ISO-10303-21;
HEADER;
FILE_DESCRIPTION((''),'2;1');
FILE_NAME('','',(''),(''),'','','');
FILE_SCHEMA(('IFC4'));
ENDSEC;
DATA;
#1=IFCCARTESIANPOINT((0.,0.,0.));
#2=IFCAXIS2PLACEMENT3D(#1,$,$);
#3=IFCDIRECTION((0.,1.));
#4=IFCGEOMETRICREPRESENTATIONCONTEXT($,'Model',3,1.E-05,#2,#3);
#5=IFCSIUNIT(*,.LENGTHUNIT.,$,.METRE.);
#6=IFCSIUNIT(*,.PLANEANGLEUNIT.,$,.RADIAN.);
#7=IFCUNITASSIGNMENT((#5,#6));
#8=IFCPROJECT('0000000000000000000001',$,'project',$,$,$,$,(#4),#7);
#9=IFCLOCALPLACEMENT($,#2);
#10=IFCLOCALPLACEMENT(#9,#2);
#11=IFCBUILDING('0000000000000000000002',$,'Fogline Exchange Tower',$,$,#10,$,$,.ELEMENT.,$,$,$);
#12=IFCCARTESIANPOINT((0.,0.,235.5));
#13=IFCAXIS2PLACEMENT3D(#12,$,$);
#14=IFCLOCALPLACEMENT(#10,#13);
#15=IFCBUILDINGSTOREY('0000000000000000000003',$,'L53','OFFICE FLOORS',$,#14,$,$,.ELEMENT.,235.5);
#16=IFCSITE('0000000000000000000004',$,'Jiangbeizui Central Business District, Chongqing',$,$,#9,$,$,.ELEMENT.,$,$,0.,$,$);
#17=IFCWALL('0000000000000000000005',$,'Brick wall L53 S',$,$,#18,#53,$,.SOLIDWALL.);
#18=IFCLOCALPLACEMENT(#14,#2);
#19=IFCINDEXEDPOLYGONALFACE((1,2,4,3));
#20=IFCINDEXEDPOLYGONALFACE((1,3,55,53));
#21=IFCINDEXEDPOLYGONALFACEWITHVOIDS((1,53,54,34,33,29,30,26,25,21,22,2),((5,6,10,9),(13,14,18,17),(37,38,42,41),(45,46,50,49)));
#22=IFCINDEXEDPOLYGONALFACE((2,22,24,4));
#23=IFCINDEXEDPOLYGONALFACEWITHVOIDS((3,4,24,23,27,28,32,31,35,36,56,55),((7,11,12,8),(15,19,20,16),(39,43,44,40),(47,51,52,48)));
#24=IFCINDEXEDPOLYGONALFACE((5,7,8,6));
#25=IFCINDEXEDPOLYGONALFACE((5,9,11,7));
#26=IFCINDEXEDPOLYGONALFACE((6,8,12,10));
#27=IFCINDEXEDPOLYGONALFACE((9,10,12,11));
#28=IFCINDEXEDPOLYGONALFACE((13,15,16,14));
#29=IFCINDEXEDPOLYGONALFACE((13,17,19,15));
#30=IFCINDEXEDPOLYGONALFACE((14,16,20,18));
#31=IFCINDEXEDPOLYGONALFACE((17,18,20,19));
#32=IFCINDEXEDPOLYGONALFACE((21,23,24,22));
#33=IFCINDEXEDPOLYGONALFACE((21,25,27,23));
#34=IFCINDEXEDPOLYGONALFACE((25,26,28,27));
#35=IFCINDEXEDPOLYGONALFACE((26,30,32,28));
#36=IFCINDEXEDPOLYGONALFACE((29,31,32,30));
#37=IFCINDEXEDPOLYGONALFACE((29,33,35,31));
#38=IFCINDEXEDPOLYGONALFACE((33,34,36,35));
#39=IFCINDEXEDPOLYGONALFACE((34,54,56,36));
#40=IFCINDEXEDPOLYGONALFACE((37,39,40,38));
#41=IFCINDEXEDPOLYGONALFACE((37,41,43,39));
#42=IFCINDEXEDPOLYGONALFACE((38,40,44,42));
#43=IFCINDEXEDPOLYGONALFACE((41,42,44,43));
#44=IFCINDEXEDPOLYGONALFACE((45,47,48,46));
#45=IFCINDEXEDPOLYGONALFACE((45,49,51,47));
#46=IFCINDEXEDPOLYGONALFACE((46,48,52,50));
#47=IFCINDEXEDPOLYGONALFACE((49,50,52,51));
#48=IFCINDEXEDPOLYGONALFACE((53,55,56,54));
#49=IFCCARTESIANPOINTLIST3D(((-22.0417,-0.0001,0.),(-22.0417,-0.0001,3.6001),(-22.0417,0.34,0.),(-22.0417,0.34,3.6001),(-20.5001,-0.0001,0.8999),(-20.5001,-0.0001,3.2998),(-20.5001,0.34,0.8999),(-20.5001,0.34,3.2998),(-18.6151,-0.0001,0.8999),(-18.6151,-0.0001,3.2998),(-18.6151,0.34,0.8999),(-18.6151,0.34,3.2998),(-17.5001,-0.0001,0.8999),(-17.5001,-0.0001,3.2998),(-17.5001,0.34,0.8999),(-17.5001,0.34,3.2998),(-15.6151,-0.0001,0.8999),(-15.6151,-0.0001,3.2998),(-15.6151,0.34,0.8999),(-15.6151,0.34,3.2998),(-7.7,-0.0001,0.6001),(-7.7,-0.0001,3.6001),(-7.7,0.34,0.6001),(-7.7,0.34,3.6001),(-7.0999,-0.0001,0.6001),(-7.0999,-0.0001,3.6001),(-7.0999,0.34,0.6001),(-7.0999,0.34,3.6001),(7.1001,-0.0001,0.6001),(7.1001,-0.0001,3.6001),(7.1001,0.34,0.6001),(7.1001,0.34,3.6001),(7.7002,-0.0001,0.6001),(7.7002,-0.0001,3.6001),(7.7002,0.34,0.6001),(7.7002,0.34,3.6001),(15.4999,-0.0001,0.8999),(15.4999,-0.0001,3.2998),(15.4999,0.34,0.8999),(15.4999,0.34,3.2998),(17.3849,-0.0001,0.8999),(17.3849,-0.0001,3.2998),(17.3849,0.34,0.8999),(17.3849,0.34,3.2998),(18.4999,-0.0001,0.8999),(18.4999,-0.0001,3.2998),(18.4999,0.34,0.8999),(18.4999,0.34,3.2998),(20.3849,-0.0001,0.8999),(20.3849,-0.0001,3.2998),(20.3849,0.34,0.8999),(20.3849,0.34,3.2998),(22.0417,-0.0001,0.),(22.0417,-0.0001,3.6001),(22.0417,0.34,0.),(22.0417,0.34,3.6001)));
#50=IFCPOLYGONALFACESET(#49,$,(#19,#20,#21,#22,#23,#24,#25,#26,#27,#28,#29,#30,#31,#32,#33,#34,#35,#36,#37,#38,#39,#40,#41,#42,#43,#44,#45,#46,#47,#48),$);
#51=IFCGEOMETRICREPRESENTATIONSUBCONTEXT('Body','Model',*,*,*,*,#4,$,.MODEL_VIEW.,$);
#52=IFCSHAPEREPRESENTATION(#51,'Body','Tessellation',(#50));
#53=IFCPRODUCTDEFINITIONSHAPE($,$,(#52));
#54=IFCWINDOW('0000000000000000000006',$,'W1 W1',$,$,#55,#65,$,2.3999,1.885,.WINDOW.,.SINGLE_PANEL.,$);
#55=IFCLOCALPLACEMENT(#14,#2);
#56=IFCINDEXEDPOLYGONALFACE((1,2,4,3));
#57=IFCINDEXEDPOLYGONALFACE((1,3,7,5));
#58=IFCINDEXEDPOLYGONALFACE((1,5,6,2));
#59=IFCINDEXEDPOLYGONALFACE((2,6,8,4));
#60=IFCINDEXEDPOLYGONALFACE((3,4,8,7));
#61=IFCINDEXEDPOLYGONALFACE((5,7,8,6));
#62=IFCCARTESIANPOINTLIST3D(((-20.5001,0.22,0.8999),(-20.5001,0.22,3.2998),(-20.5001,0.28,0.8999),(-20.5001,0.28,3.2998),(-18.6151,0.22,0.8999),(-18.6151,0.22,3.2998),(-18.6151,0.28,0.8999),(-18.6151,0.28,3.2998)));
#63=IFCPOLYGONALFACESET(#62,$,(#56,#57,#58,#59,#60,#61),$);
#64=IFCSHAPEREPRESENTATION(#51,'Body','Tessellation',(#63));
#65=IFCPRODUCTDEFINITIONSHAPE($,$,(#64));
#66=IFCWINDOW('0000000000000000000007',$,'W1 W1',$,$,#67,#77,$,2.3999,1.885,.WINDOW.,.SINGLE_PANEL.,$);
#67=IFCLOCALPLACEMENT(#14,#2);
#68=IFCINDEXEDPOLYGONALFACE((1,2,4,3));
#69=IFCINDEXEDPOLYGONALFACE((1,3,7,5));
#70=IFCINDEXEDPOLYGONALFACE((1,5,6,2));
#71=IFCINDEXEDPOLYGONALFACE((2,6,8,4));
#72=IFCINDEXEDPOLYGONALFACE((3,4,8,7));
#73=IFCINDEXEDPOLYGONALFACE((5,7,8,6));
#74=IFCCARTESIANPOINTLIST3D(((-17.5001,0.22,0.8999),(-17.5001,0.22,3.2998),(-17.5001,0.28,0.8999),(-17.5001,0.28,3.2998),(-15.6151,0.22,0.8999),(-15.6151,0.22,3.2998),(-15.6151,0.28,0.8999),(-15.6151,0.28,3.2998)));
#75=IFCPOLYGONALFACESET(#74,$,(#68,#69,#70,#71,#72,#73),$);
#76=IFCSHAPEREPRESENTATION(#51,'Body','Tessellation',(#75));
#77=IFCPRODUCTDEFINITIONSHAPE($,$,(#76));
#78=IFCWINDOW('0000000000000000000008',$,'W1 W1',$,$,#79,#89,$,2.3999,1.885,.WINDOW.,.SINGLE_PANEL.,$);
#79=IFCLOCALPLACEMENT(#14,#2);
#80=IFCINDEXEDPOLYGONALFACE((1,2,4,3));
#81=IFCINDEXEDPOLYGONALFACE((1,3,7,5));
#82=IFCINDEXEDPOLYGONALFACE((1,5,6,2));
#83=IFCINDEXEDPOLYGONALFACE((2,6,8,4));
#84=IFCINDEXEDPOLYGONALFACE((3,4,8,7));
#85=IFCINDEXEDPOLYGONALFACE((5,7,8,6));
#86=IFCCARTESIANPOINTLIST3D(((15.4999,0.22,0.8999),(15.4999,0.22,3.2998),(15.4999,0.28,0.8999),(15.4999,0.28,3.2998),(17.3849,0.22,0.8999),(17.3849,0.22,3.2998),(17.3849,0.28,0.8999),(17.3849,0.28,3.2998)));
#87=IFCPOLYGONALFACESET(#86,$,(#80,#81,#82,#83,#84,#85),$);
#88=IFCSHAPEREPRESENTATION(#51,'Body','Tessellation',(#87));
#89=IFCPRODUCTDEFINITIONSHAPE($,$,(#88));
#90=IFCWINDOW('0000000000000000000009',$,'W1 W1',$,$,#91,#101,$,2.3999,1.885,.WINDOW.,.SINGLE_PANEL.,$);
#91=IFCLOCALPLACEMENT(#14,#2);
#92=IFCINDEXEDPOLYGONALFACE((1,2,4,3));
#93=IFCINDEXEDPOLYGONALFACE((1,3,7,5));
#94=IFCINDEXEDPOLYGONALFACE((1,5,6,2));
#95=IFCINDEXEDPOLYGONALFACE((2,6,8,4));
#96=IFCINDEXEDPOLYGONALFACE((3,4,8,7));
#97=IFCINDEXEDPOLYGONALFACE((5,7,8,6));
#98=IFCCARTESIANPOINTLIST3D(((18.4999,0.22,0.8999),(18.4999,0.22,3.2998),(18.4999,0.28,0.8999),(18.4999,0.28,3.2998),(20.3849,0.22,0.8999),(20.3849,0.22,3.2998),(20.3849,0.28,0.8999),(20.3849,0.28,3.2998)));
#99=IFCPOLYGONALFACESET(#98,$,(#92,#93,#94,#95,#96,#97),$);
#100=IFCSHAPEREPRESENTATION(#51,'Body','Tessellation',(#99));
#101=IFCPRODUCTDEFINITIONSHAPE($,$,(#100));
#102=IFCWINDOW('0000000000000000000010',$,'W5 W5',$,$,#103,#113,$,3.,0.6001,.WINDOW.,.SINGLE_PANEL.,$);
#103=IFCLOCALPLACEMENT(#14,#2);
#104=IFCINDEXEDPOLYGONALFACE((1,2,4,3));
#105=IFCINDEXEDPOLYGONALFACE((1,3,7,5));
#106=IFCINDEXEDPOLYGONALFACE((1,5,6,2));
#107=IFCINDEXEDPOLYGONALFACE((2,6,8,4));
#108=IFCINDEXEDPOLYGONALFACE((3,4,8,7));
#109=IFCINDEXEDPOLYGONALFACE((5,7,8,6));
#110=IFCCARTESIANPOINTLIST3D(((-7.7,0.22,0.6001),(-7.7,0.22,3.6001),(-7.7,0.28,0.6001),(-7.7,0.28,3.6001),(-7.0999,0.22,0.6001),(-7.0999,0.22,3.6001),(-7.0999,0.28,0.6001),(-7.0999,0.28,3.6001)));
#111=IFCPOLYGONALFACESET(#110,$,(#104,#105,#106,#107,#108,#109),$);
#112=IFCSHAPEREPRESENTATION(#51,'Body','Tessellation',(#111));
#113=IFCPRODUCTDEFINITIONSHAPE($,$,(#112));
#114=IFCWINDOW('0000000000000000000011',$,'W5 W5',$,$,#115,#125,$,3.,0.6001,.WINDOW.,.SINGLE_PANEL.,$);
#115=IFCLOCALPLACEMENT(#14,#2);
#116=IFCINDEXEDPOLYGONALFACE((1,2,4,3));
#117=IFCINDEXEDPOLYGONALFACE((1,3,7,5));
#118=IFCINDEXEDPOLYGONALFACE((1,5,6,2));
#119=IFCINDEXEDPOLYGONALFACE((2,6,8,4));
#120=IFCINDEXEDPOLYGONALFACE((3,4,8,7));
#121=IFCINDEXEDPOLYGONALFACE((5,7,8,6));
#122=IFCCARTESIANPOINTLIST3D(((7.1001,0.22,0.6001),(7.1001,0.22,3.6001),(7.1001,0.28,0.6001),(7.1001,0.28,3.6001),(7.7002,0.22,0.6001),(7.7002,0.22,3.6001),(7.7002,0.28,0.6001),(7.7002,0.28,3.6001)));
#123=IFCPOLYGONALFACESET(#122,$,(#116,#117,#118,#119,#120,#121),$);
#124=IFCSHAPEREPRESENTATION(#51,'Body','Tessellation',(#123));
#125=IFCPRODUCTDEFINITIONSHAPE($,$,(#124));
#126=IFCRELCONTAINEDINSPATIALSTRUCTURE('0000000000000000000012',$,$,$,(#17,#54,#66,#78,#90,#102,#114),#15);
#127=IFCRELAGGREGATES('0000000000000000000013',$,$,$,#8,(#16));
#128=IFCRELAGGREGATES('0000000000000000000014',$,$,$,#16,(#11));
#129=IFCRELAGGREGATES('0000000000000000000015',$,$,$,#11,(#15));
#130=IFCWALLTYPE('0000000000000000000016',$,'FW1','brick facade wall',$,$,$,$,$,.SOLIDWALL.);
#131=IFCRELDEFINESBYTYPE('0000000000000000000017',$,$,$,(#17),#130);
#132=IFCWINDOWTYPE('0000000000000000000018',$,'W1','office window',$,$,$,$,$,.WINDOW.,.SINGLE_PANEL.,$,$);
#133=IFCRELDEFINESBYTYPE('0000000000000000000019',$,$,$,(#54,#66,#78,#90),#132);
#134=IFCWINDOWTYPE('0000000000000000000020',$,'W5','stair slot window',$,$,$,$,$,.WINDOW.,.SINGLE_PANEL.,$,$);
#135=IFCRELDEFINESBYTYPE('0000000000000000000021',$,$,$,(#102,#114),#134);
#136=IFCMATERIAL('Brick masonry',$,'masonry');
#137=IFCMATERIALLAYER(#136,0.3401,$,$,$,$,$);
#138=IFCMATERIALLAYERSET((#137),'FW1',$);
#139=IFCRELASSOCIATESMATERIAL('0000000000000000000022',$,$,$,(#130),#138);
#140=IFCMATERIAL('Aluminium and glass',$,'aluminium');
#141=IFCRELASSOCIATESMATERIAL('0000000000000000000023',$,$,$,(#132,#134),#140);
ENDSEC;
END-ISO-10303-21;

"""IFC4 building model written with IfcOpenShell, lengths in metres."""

from ifc_helpers import new_model, si_unit, direction, frame, frame_2d, origin, place, context, subcontext, project, spatial, rectangle, extrude, material, layer, layer_set, type_object, element, fill, save


model = new_model("IFC4")

# Units and contexts
model_context = context("Model", 3, precision=1e-05, world=origin(), true_north=direction((0.0, 1.0)))
body_context = subcontext(model_context, "Body", "Model", "MODEL_VIEW")
ifc_project = project(units=[si_unit("LENGTHUNIT", "METRE"), si_unit("PLANEANGLEUNIT", "RADIAN")], contexts=[model_context])

# Site, building, storey
site_placement = place(None, origin())
site = spatial("IfcSite", under=ifc_project, at=site_placement, Name="Jiangbeizui Central Business District, Chongqing", CompositionType="ELEMENT", RefElevation=0.0)
building_placement = place(site_placement, origin())
building = spatial("IfcBuilding", under=site, at=building_placement, Name="Fogline Exchange Tower", CompositionType="ELEMENT")
storey_placement = place(building_placement, frame((0.0, 0.0, 235.5)))
storey = spatial("IfcBuildingStorey", under=building, at=storey_placement, Name="L53", Description="OFFICE FLOORS", CompositionType="ELEMENT", Elevation=235.5)

# Shared definitions
ifc_material_1 = material(Name="Brick masonry", Category="masonry")
ifc_layer = layer(ifc_material_1, 0.3401)
ifc_layer_set = layer_set([ifc_layer], Name="FW1")
wall_type = type_object("IfcWallType", Name="FW1", Description="brick facade wall", PredefinedType="SOLIDWALL", material=ifc_layer_set)
ifc_material_2 = material(Name="Aluminium and glass", Category="aluminium")

# Wall, openings, windows
wall_1_placement = place(storey_placement, frame((-22.0417, 0.1699, 0.0), z_axis=(0.0, 0.0, 1.0), x_axis=(1.0, 0.0, 0.0)))
wall_1 = element("IfcWall", 1, at=wall_1_placement, inside=storey, type_object=wall_type, Name="Brick wall L53 S", PredefinedType="SOLIDWALL", context=body_context, shape_type="SweptSolid", body=[
    extrude(rectangle(XDim=44.0835, YDim=0.3401, at=frame_2d((22.0417, 0.0))), origin(), (0.0, 0.0, 1.0), 3.6001),
])
opening_1_placement = place(wall_1_placement, frame((1.5417, 0.0, 0.8999)))
opening_1 = element("IfcOpeningElement", 2, at=opening_1_placement, cuts=wall_1, PredefinedType="OPENING", context=body_context, shape_type="SweptSolid", body=[
    extrude(rectangle(XDim=1.885, YDim=2.3999, at=frame_2d((0.9424, 1.2))), frame((0.0, 0.1802, 0.0), z_axis=(0.0, -1.0, 0.0), x_axis=(1.0, 0.0, 0.0)), (0.0, 0.0, 1.0), 0.3601),
])
opening_2_placement = place(wall_1_placement, frame((4.5417, 0.0, 0.8999)))
opening_2 = element("IfcOpeningElement", 3, at=opening_2_placement, cuts=wall_1, PredefinedType="OPENING", context=body_context, shape_type="SweptSolid", body=[
    extrude(rectangle(XDim=1.885, YDim=2.3999, at=frame_2d((0.9424, 1.2))), frame((0.0, 0.1802, 0.0), z_axis=(0.0, -1.0, 0.0), x_axis=(1.0, 0.0, 0.0)), (0.0, 0.0, 1.0), 0.3601),
])
opening_3_placement = place(wall_1_placement, frame((37.5417, 0.0, 0.8999)))
opening_3 = element("IfcOpeningElement", 4, at=opening_3_placement, cuts=wall_1, PredefinedType="OPENING", context=body_context, shape_type="SweptSolid", body=[
    extrude(rectangle(XDim=1.885, YDim=2.3999, at=frame_2d((0.9424, 1.2))), frame((0.0, 0.1802, 0.0), z_axis=(0.0, -1.0, 0.0), x_axis=(1.0, 0.0, 0.0)), (0.0, 0.0, 1.0), 0.3601),
])
opening_4_placement = place(wall_1_placement, frame((40.5417, 0.0, 0.8999)))
opening_4 = element("IfcOpeningElement", 5, at=opening_4_placement, cuts=wall_1, PredefinedType="OPENING", context=body_context, shape_type="SweptSolid", body=[
    extrude(rectangle(XDim=1.885, YDim=2.3999, at=frame_2d((0.9424, 1.2))), frame((0.0, 0.1802, 0.0), z_axis=(0.0, -1.0, 0.0), x_axis=(1.0, 0.0, 0.0)), (0.0, 0.0, 1.0), 0.3601),
])
opening_5_placement = place(wall_1_placement, frame((14.3418, 0.0, 0.6001)))
opening_5 = element("IfcOpeningElement", 6, at=opening_5_placement, cuts=wall_1, PredefinedType="OPENING", context=body_context, shape_type="SweptSolid", body=[
    extrude(rectangle(XDim=0.6001, YDim=3.0, at=frame_2d((0.3, 1.5))), frame((0.0, 0.1802, 0.0), z_axis=(0.0, -1.0, 0.0), x_axis=(1.0, 0.0, 0.0)), (0.0, 0.0, 1.0), 0.3601),
])
opening_6_placement = place(wall_1_placement, frame((29.1418, 0.0, 0.6001)))
opening_6 = element("IfcOpeningElement", 7, at=opening_6_placement, cuts=wall_1, PredefinedType="OPENING", context=body_context, shape_type="SweptSolid", body=[
    extrude(rectangle(XDim=0.6001, YDim=3.0, at=frame_2d((0.3, 1.5))), frame((0.0, 0.1802, 0.0), z_axis=(0.0, -1.0, 0.0), x_axis=(1.0, 0.0, 0.0)), (0.0, 0.0, 1.0), 0.3601),
])
window_type_1 = type_object("IfcWindowType", Name="W1", Description="office window", PartitioningType="SINGLE_PANEL", PredefinedType="WINDOW", material=ifc_material_2)
window_1_placement = place(opening_1_placement, origin())
window_1 = element("IfcWindow", 8, at=window_1_placement, inside=storey, type_object=window_type_1, Name="W1 W1", OverallHeight=2.3999, OverallWidth=1.885, PartitioningType="SINGLE_PANEL", PredefinedType="WINDOW", context=body_context, shape_type="SweptSolid", body=[
    extrude(rectangle(XDim=1.885, YDim=2.3999, at=frame_2d((0.9424, 1.2))), frame((0.0, 0.1101, 0.0), z_axis=(0.0, -1.0, 0.0), x_axis=(1.0, 0.0, 0.0)), (0.0, 0.0, 1.0), 0.0601),
])
fill(opening_1, window_1)
window_2_placement = place(opening_2_placement, origin())
window_2 = element("IfcWindow", 9, at=window_2_placement, inside=storey, type_object=window_type_1, Name="W1 W1", OverallHeight=2.3999, OverallWidth=1.885, PartitioningType="SINGLE_PANEL", PredefinedType="WINDOW", context=body_context, shape_type="SweptSolid", body=[
    extrude(rectangle(XDim=1.885, YDim=2.3999, at=frame_2d((0.9424, 1.2))), frame((0.0, 0.1101, 0.0), z_axis=(0.0, -1.0, 0.0), x_axis=(1.0, 0.0, 0.0)), (0.0, 0.0, 1.0), 0.0601),
])
fill(opening_2, window_2)
window_3_placement = place(opening_3_placement, origin())
window_3 = element("IfcWindow", 10, at=window_3_placement, inside=storey, type_object=window_type_1, Name="W1 W1", OverallHeight=2.3999, OverallWidth=1.885, PartitioningType="SINGLE_PANEL", PredefinedType="WINDOW", context=body_context, shape_type="SweptSolid", body=[
    extrude(rectangle(XDim=1.885, YDim=2.3999, at=frame_2d((0.9424, 1.2))), frame((0.0, 0.1101, 0.0), z_axis=(0.0, -1.0, 0.0), x_axis=(1.0, 0.0, 0.0)), (0.0, 0.0, 1.0), 0.0601),
])
fill(opening_3, window_3)
window_4_placement = place(opening_4_placement, origin())
window_4 = element("IfcWindow", 11, at=window_4_placement, inside=storey, type_object=window_type_1, Name="W1 W1", OverallHeight=2.3999, OverallWidth=1.885, PartitioningType="SINGLE_PANEL", PredefinedType="WINDOW", context=body_context, shape_type="SweptSolid", body=[
    extrude(rectangle(XDim=1.885, YDim=2.3999, at=frame_2d((0.9424, 1.2))), frame((0.0, 0.1101, 0.0), z_axis=(0.0, -1.0, 0.0), x_axis=(1.0, 0.0, 0.0)), (0.0, 0.0, 1.0), 0.0601),
])
fill(opening_4, window_4)
window_type_2 = type_object("IfcWindowType", Name="W5", Description="stair slot window", PartitioningType="SINGLE_PANEL", PredefinedType="WINDOW", material=ifc_material_2)
window_5_placement = place(opening_5_placement, origin())
window_5 = element("IfcWindow", 12, at=window_5_placement, inside=storey, type_object=window_type_2, Name="W5 W5", OverallHeight=3.0, OverallWidth=0.6001, PartitioningType="SINGLE_PANEL", PredefinedType="WINDOW", context=body_context, shape_type="SweptSolid", body=[
    extrude(rectangle(XDim=0.6001, YDim=3.0, at=frame_2d((0.3, 1.5))), frame((0.0, 0.1101, 0.0), z_axis=(0.0, -1.0, 0.0), x_axis=(1.0, 0.0, 0.0)), (0.0, 0.0, 1.0), 0.0601),
])
fill(opening_5, window_5)
window_6_placement = place(opening_6_placement, origin())
window_6 = element("IfcWindow", 13, at=window_6_placement, inside=storey, type_object=window_type_2, Name="W5 W5", OverallHeight=3.0, OverallWidth=0.6001, PartitioningType="SINGLE_PANEL", PredefinedType="WINDOW", context=body_context, shape_type="SweptSolid", body=[
    extrude(rectangle(XDim=0.6001, YDim=3.0, at=frame_2d((0.3, 1.5))), frame((0.0, 0.1101, 0.0), z_axis=(0.0, -1.0, 0.0), x_axis=(1.0, 0.0, 0.0)), (0.0, 0.0, 1.0), 0.0601),
])
fill(opening_6, window_6)

save(model, "model.ifc")
